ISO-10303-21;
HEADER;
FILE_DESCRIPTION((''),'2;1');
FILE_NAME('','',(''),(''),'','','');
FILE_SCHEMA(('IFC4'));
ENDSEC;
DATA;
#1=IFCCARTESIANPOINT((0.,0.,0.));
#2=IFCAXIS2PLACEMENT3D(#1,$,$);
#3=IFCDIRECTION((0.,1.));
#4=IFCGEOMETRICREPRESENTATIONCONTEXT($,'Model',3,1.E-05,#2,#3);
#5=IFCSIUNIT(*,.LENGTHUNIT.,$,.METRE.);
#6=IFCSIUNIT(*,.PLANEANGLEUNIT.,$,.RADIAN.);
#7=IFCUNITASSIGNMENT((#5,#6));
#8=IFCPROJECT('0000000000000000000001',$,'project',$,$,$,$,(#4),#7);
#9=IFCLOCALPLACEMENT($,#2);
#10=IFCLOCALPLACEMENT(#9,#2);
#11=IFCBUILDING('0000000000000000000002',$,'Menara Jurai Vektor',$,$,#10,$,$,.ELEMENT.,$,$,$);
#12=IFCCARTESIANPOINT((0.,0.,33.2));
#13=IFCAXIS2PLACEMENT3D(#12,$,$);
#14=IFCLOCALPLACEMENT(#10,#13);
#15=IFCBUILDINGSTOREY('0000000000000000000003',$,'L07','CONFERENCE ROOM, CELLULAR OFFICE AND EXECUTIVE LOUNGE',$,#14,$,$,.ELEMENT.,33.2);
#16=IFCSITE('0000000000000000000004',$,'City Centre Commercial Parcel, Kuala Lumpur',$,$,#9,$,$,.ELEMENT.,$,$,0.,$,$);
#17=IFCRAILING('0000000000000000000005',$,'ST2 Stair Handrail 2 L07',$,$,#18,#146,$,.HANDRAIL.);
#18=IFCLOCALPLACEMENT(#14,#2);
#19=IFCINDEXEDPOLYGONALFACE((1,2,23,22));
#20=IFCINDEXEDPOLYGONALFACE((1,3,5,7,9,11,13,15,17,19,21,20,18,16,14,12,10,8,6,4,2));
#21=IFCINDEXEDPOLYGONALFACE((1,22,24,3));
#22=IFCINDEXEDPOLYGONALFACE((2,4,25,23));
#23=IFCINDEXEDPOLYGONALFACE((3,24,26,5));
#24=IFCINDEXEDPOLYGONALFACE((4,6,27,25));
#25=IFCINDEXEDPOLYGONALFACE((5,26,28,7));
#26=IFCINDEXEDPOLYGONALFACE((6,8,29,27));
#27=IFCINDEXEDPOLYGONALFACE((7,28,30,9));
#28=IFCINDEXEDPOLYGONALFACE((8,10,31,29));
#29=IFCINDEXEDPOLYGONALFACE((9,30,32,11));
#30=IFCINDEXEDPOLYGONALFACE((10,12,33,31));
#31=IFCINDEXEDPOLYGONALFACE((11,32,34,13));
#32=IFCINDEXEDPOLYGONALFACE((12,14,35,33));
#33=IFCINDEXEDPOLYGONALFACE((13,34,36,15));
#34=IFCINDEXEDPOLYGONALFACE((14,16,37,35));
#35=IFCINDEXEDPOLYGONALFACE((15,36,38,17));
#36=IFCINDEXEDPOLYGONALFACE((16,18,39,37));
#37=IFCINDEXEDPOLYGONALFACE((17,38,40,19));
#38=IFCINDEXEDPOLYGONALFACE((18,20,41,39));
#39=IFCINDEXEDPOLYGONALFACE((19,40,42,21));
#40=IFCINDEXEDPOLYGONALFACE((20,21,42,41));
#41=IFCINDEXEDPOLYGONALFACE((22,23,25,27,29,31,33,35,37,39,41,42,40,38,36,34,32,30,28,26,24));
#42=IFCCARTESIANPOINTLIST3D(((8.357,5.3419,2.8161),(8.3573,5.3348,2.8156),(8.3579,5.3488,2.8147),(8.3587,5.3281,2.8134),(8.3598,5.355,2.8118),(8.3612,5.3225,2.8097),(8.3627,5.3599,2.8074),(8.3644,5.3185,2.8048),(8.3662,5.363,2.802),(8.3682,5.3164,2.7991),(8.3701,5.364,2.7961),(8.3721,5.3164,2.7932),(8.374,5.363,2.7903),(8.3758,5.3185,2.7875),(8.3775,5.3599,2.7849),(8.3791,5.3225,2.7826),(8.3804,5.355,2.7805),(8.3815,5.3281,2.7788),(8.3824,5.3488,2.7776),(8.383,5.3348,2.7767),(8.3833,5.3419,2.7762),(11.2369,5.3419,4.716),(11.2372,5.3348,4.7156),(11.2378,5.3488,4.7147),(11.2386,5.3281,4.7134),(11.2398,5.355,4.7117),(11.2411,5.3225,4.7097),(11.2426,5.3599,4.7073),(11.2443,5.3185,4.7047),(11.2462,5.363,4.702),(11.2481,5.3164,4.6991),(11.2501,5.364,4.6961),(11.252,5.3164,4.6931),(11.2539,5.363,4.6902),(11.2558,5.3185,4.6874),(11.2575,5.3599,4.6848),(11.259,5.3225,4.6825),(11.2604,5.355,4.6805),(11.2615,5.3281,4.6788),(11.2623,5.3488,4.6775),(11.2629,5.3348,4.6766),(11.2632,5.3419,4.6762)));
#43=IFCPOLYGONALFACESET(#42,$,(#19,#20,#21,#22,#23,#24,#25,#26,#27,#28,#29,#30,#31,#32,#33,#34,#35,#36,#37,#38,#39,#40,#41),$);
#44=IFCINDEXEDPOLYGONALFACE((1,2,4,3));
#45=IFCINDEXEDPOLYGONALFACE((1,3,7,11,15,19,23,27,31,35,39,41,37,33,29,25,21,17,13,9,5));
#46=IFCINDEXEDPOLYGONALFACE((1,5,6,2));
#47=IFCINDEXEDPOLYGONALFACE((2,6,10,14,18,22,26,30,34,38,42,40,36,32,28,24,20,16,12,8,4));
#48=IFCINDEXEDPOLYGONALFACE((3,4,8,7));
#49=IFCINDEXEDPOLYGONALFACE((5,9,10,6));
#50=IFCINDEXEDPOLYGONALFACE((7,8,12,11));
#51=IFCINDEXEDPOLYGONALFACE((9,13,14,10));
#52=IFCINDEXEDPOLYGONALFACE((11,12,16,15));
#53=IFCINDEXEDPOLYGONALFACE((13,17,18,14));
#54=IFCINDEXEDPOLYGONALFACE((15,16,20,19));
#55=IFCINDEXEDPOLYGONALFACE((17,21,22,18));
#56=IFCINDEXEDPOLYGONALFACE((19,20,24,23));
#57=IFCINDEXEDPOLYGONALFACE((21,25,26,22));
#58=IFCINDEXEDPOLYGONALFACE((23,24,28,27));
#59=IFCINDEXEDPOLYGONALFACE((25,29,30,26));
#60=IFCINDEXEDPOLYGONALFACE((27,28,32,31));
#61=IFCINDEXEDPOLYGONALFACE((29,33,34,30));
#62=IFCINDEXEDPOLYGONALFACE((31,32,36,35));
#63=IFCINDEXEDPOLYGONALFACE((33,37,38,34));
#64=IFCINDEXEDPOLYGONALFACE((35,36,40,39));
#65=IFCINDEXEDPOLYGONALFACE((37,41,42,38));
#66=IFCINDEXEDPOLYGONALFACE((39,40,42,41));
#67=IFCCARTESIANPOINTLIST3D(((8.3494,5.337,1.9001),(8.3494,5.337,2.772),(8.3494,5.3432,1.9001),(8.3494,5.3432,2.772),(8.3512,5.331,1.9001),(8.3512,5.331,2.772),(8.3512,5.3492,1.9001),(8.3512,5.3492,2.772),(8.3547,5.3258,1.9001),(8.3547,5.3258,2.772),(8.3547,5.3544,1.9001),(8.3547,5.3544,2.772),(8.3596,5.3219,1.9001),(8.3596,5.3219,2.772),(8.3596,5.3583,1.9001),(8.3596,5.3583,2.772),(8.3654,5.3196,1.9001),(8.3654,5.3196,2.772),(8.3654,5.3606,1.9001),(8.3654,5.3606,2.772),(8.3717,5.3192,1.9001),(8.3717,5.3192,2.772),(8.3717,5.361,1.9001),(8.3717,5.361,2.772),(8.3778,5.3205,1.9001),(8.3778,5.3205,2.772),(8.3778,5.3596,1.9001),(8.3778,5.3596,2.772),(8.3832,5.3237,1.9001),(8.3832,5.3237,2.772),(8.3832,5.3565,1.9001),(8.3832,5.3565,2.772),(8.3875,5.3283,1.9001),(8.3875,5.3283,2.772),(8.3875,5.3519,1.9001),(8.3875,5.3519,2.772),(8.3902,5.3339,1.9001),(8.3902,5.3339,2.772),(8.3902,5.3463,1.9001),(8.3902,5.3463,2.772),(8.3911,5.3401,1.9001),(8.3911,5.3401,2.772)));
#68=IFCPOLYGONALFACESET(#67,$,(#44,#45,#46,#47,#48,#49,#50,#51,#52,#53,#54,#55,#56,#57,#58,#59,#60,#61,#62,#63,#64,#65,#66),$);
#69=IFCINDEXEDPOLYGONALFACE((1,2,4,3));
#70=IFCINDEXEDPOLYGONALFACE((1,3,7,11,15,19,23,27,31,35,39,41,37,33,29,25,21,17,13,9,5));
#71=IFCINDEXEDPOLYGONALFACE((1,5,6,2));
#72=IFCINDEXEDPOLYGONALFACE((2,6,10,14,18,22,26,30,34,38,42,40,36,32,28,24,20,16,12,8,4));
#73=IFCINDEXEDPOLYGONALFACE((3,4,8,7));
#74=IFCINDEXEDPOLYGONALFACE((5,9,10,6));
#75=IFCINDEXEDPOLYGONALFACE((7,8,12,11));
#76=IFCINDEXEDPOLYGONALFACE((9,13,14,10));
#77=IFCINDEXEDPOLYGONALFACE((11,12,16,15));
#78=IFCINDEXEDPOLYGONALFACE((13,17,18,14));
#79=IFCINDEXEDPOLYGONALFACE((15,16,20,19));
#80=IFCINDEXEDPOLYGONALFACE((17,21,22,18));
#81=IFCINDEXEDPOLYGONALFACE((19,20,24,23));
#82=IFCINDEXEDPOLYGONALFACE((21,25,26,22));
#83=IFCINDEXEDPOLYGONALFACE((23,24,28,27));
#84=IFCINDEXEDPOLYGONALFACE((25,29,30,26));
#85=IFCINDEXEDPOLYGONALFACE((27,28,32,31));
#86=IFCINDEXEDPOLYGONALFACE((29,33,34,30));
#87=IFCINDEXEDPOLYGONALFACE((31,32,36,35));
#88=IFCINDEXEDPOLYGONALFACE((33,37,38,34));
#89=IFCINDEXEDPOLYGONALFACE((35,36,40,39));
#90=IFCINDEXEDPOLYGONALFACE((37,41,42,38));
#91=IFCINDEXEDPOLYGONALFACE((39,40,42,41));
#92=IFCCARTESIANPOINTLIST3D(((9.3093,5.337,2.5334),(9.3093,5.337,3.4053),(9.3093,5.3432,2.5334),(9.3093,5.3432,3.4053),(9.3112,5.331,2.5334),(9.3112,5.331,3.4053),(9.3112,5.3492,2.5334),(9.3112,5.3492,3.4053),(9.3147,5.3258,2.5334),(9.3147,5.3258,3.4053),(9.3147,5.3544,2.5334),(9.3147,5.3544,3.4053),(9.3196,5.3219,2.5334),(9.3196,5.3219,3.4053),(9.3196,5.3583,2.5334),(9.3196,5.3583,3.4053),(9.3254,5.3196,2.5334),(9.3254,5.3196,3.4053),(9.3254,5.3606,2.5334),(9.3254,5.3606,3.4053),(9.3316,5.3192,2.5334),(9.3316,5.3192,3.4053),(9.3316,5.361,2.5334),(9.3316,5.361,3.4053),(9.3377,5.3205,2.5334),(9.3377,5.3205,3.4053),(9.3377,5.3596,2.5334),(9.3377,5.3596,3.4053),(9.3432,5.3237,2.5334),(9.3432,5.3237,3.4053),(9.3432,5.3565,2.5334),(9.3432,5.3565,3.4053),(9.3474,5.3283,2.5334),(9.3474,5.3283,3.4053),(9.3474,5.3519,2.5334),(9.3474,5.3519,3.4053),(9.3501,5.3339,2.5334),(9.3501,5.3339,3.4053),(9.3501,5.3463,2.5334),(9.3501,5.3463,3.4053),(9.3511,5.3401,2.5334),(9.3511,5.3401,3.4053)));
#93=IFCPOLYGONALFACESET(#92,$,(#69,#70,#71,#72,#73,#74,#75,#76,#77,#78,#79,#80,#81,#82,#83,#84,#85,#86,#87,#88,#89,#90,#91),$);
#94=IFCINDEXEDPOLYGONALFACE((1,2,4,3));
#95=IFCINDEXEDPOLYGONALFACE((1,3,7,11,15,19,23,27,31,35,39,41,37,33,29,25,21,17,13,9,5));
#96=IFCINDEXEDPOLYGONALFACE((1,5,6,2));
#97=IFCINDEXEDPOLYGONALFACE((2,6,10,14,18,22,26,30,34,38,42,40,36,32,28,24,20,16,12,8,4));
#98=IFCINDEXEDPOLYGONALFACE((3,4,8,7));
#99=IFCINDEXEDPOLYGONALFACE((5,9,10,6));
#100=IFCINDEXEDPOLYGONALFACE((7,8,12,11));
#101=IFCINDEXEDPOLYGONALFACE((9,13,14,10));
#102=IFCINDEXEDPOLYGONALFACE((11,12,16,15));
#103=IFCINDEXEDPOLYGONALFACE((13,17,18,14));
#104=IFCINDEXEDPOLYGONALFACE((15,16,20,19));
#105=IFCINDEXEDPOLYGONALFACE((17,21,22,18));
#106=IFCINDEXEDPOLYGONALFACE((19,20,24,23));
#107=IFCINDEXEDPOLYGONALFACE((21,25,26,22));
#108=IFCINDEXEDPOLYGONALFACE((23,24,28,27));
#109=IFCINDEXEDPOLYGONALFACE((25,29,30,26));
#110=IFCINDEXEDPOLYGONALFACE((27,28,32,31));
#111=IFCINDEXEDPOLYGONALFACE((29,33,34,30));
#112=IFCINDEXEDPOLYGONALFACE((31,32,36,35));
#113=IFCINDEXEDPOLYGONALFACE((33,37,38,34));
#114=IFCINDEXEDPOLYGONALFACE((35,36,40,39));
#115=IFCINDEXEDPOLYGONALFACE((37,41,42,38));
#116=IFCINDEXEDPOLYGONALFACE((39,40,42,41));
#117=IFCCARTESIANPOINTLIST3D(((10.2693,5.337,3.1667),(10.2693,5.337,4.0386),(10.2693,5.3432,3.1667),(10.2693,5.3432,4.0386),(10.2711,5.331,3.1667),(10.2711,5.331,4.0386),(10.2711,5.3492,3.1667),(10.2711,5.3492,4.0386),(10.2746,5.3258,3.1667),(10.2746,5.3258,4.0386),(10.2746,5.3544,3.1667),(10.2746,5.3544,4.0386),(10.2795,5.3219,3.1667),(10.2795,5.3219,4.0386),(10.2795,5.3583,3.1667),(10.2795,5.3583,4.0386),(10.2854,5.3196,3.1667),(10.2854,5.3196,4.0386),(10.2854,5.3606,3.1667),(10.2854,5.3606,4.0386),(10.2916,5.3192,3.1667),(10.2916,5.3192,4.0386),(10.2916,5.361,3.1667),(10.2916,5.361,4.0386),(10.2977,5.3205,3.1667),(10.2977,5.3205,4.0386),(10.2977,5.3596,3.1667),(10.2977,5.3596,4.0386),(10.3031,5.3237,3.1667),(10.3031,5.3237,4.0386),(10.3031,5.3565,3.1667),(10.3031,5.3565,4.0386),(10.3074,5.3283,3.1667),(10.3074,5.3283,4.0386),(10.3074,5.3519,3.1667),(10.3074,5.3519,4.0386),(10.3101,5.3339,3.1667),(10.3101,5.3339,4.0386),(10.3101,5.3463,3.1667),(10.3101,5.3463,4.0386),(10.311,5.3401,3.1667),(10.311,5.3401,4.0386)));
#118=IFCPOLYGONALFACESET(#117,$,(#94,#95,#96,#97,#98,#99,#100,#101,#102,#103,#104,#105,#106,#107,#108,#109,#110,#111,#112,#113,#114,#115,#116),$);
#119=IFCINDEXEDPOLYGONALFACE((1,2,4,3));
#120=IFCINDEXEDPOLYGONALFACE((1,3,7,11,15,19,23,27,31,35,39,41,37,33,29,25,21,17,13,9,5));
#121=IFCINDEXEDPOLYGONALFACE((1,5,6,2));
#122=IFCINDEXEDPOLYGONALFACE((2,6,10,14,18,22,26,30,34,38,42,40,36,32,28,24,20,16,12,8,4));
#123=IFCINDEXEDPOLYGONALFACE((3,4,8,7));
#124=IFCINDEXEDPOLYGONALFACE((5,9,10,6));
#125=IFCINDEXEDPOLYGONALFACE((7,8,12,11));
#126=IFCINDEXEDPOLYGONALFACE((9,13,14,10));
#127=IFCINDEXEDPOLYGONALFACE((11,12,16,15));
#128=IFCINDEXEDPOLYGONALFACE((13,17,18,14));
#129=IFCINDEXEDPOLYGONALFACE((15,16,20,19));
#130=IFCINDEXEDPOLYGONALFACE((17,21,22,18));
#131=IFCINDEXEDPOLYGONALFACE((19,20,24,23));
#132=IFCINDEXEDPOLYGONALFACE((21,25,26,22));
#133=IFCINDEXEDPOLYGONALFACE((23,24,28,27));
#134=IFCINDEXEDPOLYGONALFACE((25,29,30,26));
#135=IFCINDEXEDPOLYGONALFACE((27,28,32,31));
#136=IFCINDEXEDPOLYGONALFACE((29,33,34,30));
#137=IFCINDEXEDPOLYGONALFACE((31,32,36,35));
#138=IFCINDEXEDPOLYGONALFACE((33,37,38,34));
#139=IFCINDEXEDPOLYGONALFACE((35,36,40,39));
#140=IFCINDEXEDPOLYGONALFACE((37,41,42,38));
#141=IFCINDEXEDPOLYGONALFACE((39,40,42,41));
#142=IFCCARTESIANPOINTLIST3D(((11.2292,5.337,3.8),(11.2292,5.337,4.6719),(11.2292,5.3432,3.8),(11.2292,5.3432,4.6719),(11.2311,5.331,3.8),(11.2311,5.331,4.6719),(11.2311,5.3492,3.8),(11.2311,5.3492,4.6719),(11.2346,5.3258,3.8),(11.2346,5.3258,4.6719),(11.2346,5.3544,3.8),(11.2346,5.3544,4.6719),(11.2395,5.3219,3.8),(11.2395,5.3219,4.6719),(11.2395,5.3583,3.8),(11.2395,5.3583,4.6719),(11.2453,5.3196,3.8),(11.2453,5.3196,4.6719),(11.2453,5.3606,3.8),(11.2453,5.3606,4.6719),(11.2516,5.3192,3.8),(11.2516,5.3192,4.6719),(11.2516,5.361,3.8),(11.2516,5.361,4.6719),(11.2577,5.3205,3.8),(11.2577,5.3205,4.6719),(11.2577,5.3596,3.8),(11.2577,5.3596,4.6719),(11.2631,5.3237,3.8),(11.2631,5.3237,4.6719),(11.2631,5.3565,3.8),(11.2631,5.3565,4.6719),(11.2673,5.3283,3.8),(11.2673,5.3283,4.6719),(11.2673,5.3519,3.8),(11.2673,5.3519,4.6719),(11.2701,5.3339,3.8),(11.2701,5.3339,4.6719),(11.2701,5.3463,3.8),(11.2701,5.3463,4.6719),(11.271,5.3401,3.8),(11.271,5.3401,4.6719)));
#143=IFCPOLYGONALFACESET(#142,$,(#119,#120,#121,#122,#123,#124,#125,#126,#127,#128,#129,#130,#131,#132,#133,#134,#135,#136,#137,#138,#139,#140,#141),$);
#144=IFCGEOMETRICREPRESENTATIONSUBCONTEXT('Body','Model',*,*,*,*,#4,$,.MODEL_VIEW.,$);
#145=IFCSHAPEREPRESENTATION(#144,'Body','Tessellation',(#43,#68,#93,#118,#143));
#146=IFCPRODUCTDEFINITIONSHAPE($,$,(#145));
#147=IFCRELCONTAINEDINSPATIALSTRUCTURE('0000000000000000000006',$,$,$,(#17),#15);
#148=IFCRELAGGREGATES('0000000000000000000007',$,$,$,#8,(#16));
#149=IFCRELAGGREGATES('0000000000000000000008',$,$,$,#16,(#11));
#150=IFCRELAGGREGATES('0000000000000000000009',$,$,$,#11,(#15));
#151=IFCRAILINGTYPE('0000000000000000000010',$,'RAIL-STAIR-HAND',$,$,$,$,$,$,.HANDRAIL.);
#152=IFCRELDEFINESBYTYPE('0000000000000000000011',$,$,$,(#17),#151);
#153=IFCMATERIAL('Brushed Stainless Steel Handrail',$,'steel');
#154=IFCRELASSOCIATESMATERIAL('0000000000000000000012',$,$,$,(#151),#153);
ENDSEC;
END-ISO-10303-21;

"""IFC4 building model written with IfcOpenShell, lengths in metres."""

from ifc_helpers import new_model, si_unit, direction, frame, origin, origin_2d, place, context, subcontext, project, spatial, circle, extrude, material, type_object, element, save


model = new_model("IFC4")

# Units and contexts
model_context = context("Model", 3, precision=1e-05, world=origin(), true_north=direction((0.0, 1.0)))
body_context = subcontext(model_context, "Body", "Model", "MODEL_VIEW")
ifc_project = project(units=[si_unit("LENGTHUNIT", "METRE"), si_unit("PLANEANGLEUNIT", "RADIAN")], contexts=[model_context])

# Site, building, storey
site_placement = place(None, origin())
site = spatial("IfcSite", under=ifc_project, at=site_placement, Name="City Centre Commercial Parcel, Kuala Lumpur", CompositionType="ELEMENT", RefElevation=0.0)
building_placement = place(site_placement, origin())
building = spatial("IfcBuilding", under=site, at=building_placement, Name="Menara Jurai Vektor", CompositionType="ELEMENT")
storey_placement = place(building_placement, frame((0.0, 0.0, 33.2)))
storey = spatial("IfcBuildingStorey", under=building, at=storey_placement, Name="L07", Description="CONFERENCE ROOM, CELLULAR OFFICE AND EXECUTIVE LOUNGE", CompositionType="ELEMENT", Elevation=33.2)

# Railing
ifc_material_1 = material(Name="Brushed Stainless Steel Handrail", Category="steel")
railing_type_1 = type_object("IfcRailingType", Name="RAIL-STAIR-HAND", PredefinedType="HANDRAIL", material=ifc_material_1)
railing_1_placement = place(storey_placement, frame((8.3701, 5.3401, 1.9001)))
element("IfcRailing", 1, at=railing_1_placement, inside=storey, type_object=railing_type_1, Name="ST2 Stair Handrail 2 L07", PredefinedType="HANDRAIL", context=body_context, shape_type="SweptSolid", body=[
    extrude(circle(Radius=0.0239, at=origin_2d()), frame((0.0, 0.0, 0.896), z_axis=(0.834719, 0.0, 0.550677), x_axis=(0.0, 1.0, 0.0)), (0.0, 0.0, 1.0), 3.4502),
    extrude(circle(Radius=0.021, at=origin_2d()), origin(), (0.0, 0.0, 1.0), 0.8718),
    extrude(circle(Radius=0.021, at=origin_2d()), frame((0.96, 0.0, 0.6333)), (0.0, 0.0, 1.0), 0.8718),
    extrude(circle(Radius=0.021, at=origin_2d()), frame((1.9199, 0.0, 1.2666)), (0.0, 0.0, 1.0), 0.8718),
    extrude(circle(Radius=0.021, at=origin_2d()), frame((2.8799, 0.0, 1.8999)), (0.0, 0.0, 1.0), 0.8718),
])

save(model, "model.ifc")
